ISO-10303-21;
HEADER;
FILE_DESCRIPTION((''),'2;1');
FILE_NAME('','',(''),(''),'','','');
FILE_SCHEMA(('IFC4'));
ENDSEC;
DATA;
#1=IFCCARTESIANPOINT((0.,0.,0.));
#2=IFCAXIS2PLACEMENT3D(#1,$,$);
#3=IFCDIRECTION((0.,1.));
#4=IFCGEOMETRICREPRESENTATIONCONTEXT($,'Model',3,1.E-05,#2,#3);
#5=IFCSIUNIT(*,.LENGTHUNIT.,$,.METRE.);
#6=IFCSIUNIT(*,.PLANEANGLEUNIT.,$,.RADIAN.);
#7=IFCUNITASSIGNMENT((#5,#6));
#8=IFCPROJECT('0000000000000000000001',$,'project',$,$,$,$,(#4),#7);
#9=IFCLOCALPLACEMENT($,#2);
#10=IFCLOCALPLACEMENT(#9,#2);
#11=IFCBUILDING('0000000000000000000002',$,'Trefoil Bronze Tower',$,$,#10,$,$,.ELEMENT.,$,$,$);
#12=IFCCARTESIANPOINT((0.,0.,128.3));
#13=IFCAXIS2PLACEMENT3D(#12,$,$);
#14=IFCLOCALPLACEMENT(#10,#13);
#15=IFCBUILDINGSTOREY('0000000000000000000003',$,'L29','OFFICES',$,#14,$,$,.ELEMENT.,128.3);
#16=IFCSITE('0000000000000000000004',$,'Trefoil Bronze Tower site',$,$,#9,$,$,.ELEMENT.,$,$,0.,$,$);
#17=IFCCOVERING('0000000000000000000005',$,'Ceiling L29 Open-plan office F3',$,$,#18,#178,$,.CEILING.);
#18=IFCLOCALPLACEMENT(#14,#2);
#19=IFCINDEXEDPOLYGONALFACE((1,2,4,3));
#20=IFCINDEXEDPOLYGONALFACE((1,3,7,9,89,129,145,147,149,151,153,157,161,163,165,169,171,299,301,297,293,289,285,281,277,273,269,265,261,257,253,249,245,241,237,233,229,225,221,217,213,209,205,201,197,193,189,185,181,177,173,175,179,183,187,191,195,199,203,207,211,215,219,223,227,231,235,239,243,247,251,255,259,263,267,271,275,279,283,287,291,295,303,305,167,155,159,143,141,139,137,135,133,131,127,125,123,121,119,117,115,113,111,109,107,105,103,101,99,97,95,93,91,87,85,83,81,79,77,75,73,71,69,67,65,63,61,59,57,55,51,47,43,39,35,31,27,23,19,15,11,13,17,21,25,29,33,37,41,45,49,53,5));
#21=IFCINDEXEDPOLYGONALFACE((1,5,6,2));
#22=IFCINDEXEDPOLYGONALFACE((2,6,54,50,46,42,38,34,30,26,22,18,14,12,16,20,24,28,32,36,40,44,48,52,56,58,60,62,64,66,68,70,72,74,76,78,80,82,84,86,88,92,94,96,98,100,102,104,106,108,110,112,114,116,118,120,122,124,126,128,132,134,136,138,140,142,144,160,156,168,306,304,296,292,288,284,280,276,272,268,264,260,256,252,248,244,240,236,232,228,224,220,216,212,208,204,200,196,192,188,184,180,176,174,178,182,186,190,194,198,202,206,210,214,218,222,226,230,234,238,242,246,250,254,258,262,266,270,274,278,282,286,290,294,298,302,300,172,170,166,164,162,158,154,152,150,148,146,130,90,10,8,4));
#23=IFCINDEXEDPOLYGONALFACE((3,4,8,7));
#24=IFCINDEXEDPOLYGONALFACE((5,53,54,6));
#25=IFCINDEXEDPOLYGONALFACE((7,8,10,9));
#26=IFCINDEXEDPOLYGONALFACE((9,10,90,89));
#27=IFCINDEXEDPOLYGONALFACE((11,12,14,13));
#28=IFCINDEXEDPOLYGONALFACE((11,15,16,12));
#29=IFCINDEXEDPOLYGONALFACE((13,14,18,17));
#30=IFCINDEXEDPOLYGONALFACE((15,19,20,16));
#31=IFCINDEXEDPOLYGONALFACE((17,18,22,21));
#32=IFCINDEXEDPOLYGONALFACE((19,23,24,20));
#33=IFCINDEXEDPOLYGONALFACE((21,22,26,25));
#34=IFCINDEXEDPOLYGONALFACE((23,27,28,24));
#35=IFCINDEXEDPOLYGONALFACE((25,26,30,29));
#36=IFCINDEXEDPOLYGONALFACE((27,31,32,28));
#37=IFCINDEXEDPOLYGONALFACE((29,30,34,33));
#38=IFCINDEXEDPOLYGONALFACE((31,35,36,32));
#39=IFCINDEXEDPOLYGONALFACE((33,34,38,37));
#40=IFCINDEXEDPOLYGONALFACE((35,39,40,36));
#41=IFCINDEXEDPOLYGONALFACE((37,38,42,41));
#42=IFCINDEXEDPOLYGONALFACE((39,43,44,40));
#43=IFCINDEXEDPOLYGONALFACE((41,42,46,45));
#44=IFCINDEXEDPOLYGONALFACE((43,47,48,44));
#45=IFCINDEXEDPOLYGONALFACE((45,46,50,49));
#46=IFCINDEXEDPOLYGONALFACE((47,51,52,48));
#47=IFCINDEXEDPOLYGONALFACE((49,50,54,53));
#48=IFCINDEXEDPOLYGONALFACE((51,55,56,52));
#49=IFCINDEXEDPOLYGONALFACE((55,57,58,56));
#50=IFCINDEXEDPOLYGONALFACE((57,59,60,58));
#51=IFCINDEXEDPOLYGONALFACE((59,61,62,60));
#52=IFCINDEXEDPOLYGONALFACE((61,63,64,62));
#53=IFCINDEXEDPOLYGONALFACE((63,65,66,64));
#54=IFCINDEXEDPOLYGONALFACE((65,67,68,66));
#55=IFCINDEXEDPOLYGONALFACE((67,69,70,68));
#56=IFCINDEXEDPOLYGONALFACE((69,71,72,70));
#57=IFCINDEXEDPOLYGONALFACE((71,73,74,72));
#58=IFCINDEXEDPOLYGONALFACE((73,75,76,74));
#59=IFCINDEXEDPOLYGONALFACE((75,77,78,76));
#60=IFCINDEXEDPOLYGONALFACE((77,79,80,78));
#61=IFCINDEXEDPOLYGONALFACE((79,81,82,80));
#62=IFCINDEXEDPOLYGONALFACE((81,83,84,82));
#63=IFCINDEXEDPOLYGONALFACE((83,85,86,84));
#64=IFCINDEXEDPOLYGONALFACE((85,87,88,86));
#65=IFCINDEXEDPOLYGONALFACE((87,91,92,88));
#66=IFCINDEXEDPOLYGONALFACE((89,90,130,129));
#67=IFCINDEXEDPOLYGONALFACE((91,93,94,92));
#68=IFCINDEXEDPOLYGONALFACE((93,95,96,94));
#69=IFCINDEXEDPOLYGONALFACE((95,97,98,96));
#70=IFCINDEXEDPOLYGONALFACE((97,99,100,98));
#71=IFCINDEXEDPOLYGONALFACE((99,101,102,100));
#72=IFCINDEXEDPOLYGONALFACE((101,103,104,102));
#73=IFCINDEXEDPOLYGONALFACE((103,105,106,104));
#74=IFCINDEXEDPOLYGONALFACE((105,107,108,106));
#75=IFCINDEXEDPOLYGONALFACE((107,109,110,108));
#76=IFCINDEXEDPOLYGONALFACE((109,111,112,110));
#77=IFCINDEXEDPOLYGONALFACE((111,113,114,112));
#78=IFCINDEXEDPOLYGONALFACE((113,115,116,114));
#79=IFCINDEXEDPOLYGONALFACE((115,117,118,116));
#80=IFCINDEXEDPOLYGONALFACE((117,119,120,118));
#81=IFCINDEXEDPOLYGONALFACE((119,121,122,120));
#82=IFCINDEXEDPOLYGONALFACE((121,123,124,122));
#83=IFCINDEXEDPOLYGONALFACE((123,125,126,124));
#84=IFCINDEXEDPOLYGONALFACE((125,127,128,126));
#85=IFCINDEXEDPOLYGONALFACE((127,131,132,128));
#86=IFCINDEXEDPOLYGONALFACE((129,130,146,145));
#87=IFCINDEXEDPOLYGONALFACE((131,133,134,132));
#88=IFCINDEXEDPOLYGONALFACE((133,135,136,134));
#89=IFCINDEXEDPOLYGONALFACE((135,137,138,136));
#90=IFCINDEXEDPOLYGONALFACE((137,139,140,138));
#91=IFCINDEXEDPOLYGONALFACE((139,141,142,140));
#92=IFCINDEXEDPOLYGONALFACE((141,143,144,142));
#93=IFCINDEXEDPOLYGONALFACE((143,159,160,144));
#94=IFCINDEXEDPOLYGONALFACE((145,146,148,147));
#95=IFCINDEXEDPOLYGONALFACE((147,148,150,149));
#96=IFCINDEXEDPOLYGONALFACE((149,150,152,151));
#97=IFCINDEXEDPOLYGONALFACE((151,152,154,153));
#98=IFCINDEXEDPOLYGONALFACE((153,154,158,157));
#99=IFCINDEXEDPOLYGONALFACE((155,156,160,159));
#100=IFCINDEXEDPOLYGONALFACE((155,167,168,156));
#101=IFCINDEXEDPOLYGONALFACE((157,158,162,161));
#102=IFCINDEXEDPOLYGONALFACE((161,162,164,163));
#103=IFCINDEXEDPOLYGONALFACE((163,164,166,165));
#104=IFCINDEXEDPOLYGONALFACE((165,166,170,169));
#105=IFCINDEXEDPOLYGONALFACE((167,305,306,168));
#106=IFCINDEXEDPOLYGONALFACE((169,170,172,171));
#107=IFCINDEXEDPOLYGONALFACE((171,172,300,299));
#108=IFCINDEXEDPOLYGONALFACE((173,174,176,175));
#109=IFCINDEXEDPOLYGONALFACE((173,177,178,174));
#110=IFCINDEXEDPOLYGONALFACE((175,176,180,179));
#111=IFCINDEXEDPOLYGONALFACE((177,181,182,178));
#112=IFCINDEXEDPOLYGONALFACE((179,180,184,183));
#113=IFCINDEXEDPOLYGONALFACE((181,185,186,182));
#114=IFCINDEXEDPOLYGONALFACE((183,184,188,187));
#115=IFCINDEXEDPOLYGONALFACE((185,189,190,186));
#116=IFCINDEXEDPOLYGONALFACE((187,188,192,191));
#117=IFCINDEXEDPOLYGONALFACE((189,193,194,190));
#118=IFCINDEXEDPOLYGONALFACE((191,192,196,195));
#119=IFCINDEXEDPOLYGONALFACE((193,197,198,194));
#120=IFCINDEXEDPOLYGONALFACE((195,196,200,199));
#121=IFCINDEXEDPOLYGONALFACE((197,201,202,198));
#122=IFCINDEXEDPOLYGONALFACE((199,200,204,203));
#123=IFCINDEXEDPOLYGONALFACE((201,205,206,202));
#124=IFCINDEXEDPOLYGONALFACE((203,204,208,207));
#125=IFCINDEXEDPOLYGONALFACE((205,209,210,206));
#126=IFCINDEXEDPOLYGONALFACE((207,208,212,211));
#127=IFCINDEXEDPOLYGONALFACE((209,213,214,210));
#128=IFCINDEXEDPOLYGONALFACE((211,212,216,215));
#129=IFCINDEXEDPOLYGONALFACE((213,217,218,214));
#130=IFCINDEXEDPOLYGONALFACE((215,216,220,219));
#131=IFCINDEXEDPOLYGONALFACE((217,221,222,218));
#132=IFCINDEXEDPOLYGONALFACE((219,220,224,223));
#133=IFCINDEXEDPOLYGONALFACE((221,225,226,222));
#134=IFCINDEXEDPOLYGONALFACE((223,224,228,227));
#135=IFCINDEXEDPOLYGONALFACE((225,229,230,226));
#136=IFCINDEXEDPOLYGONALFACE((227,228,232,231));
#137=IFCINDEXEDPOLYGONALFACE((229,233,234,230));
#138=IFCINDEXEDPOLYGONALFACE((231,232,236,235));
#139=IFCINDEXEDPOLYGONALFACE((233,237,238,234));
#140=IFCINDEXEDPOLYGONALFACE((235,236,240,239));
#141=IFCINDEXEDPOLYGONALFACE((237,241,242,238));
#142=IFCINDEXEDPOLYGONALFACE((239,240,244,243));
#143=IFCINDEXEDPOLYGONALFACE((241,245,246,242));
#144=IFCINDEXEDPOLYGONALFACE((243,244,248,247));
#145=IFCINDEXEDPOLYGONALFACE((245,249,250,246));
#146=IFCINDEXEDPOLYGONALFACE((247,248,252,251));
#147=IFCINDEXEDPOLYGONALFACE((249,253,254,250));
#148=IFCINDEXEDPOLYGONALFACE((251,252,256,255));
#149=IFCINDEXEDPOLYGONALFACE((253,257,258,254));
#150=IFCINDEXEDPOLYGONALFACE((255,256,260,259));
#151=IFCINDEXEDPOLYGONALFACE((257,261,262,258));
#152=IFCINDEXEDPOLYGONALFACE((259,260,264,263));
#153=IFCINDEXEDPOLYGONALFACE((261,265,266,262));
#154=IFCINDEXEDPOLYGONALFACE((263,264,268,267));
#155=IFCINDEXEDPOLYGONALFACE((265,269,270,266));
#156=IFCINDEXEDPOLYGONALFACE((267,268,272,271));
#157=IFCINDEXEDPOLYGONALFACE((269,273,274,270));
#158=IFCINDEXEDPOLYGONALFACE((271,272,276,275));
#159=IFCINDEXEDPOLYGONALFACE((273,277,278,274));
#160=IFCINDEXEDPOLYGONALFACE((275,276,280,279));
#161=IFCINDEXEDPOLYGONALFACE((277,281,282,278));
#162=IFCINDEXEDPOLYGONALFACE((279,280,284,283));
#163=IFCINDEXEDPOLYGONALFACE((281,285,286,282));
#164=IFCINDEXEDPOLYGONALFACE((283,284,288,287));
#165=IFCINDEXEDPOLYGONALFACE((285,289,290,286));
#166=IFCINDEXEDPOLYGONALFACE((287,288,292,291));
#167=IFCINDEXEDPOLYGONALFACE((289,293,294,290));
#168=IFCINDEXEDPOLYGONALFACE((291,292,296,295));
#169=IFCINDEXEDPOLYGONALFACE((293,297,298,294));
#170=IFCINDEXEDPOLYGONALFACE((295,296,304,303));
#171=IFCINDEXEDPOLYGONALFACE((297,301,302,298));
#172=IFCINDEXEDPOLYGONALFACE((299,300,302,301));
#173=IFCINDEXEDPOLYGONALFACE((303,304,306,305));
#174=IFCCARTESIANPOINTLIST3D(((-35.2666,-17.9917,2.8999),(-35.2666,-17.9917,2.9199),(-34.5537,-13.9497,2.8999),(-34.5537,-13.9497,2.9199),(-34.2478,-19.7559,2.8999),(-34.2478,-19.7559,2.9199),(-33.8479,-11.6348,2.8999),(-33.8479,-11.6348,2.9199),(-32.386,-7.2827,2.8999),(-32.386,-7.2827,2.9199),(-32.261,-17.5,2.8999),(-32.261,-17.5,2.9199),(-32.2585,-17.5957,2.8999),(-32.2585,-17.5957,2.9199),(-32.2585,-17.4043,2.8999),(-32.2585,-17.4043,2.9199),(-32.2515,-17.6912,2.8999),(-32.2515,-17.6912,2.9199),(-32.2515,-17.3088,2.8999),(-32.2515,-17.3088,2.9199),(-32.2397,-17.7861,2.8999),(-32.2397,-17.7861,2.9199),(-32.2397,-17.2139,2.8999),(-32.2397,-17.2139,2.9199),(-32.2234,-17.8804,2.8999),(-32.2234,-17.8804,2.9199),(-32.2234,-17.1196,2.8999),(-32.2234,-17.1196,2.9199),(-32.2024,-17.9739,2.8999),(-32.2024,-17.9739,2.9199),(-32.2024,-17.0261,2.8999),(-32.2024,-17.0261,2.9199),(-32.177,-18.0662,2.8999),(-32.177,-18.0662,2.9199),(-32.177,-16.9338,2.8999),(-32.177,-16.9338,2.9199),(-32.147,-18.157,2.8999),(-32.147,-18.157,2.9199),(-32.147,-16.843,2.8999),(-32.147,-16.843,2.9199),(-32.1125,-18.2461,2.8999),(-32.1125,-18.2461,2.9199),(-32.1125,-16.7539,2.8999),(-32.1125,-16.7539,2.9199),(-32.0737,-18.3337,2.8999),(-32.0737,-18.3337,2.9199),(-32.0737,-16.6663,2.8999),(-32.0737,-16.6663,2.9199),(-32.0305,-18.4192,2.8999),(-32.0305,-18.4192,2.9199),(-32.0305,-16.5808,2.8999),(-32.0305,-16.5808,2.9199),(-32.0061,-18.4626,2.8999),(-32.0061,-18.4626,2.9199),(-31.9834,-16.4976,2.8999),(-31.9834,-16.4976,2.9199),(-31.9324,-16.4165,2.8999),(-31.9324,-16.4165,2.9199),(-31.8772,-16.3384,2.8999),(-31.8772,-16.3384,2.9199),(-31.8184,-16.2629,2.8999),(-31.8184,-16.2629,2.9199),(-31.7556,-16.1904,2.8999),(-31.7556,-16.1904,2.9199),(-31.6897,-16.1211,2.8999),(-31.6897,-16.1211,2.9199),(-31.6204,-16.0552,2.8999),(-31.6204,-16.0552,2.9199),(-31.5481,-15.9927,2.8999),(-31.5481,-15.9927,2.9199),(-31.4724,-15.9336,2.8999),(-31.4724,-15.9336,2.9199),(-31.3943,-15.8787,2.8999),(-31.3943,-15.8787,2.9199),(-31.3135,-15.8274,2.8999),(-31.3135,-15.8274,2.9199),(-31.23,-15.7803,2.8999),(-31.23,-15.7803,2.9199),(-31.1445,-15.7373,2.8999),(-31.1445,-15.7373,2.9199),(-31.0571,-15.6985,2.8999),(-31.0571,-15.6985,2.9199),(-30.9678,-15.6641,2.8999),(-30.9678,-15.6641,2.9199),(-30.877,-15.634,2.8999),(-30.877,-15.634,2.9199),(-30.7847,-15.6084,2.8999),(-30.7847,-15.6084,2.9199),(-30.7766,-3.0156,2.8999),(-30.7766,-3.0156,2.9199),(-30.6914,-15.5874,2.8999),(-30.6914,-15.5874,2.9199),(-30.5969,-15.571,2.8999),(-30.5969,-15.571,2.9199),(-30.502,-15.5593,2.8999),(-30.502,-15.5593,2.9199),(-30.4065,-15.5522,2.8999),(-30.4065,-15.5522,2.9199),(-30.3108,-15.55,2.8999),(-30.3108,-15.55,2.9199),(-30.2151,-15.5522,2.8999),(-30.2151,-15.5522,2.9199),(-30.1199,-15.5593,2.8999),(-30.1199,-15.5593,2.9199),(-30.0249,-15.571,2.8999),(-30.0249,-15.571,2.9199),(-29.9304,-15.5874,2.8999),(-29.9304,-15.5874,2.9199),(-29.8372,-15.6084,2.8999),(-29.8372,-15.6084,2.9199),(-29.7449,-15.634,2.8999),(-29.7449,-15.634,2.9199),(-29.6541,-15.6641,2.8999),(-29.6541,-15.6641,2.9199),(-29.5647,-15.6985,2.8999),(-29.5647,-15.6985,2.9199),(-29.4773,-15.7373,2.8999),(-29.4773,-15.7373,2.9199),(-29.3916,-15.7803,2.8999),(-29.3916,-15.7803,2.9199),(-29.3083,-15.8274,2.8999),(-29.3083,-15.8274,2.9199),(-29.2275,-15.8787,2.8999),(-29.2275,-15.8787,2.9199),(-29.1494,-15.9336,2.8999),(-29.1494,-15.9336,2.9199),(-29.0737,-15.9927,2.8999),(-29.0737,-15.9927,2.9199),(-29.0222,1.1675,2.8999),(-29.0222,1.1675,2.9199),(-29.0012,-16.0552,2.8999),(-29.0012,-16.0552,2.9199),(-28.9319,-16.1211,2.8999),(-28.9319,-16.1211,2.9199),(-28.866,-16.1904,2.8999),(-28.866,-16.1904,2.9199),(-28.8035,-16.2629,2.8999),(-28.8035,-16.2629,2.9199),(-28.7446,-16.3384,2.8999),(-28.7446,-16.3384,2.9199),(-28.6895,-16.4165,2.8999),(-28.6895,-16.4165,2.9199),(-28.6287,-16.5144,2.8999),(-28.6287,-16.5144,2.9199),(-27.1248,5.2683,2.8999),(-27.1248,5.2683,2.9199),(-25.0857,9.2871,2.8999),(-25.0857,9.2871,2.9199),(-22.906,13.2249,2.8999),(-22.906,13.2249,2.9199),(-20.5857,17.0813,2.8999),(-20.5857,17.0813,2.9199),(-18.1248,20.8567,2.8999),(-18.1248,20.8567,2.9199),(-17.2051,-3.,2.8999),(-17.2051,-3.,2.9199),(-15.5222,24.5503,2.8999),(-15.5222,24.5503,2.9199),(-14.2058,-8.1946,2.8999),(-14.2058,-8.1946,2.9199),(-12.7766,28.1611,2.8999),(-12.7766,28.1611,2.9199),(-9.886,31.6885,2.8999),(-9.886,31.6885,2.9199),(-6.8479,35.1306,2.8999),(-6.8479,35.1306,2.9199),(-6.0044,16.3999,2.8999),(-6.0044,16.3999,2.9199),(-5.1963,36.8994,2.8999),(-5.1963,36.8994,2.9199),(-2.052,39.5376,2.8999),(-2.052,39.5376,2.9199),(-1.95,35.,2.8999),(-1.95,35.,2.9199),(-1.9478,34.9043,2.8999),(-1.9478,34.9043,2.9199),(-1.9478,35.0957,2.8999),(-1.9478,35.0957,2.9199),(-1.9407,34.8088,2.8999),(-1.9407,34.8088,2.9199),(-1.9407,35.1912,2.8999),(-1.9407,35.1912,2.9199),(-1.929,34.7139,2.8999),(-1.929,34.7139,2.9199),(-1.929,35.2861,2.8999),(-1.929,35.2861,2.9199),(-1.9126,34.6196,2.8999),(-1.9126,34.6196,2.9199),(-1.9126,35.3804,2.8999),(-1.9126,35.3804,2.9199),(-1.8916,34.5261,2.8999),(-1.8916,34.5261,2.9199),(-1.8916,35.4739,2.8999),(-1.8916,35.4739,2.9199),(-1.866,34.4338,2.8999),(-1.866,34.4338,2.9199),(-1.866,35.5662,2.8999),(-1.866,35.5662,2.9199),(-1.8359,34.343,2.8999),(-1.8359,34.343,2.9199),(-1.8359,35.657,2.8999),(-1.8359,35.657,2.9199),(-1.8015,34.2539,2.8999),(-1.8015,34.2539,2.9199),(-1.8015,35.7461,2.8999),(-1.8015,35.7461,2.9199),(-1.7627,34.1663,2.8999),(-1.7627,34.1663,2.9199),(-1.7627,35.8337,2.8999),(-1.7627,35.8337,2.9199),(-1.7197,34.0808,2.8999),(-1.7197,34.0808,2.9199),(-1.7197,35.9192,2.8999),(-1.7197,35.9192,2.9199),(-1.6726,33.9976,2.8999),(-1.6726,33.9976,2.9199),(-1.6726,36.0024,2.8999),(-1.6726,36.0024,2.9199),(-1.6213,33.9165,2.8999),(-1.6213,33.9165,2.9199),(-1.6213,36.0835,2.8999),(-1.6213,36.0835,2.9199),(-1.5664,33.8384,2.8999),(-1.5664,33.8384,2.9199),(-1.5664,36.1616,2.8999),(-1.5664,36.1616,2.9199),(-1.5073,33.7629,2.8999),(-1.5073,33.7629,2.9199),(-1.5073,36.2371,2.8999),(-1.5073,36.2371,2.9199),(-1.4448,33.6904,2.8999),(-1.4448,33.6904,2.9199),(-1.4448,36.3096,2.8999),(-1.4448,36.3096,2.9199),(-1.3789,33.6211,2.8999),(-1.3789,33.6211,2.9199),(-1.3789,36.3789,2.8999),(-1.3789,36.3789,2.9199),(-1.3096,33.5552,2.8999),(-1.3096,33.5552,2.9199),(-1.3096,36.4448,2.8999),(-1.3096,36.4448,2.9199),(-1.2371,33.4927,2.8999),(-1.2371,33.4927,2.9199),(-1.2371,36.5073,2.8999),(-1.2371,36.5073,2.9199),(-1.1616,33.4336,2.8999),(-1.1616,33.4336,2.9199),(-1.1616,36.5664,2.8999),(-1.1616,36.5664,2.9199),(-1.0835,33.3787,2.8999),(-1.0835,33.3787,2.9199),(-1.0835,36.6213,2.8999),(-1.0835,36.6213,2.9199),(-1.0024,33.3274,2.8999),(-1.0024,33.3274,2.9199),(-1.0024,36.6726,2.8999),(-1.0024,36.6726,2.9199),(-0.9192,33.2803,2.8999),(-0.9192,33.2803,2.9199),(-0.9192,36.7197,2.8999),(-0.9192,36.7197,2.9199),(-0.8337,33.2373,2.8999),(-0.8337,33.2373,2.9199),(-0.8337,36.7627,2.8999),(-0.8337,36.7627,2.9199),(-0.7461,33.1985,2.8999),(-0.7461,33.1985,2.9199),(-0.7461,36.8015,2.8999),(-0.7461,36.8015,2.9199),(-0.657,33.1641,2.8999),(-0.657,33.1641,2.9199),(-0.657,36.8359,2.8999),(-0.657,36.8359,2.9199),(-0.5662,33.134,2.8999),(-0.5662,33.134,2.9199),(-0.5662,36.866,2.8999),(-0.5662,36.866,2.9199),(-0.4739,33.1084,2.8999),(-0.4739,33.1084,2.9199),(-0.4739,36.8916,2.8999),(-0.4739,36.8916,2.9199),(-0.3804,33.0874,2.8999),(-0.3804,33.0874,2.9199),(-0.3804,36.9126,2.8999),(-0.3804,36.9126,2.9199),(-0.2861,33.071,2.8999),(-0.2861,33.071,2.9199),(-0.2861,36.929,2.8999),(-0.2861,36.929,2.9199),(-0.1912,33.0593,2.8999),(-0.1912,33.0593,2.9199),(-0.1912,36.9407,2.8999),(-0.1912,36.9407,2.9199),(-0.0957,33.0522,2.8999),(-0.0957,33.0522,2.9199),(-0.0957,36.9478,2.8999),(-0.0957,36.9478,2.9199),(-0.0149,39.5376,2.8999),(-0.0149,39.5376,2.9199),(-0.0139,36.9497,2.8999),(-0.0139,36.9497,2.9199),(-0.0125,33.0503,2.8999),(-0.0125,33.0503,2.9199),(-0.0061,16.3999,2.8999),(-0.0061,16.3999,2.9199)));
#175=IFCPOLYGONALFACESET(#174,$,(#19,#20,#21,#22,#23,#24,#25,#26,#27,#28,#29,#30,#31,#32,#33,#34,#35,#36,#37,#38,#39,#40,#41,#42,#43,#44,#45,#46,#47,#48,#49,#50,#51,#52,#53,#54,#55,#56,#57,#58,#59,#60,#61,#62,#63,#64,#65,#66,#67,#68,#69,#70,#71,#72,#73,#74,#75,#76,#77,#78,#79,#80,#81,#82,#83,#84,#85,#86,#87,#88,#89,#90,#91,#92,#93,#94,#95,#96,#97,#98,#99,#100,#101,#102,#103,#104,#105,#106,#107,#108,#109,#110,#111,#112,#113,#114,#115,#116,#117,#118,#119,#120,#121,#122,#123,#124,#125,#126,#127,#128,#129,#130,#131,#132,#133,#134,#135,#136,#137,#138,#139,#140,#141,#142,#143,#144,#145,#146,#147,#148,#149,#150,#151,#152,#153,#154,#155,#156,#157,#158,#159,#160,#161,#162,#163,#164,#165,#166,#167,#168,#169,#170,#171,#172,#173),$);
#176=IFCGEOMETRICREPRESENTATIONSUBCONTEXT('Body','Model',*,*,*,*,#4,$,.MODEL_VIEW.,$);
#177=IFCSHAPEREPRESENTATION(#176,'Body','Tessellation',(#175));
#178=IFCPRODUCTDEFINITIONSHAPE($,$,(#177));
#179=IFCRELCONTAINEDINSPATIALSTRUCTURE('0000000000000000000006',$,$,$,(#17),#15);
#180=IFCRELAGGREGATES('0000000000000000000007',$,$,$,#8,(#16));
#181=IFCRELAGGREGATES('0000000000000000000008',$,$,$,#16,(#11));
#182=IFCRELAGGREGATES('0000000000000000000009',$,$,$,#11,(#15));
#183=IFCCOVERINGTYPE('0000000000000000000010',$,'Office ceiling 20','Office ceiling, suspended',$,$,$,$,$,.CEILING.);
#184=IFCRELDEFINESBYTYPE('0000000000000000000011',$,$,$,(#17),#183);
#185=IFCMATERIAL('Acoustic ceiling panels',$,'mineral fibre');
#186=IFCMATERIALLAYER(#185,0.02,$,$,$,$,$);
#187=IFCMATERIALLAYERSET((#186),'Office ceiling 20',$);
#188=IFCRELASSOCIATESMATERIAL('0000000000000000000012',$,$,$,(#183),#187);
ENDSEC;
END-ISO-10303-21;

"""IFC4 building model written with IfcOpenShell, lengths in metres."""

from ifc_helpers import new_model, si_unit, direction, frame, origin, place, context, subcontext, project, spatial, polyline, outline, extrude, material, layer, layer_set, type_object, element, save


model = new_model("IFC4")

# Units and contexts
model_context = context("Model", 3, precision=1e-05, world=origin(), true_north=direction((0.0, 1.0)))
body_context = subcontext(model_context, "Body", "Model", "MODEL_VIEW")
ifc_project = project(units=[si_unit("LENGTHUNIT", "METRE"), si_unit("PLANEANGLEUNIT", "RADIAN")], contexts=[model_context])

# Site, building, storey
site_placement = place(None, origin())
site = spatial("IfcSite", under=ifc_project, at=site_placement, Name="Trefoil Bronze Tower site", CompositionType="ELEMENT", RefElevation=0.0)
building_placement = place(site_placement, origin())
building = spatial("IfcBuilding", under=site, at=building_placement, Name="Trefoil Bronze Tower", CompositionType="ELEMENT")
storey_placement = place(building_placement, frame((0.0, 0.0, 128.3)))
storey = spatial("IfcBuildingStorey", under=building, at=storey_placement, Name="L29", Description="OFFICES", CompositionType="ELEMENT", Elevation=128.3)

# Covering
ifc_material_1 = material(Name="Acoustic ceiling panels", Category="mineral fibre")
ifc_layer_1 = layer(ifc_material_1, 0.02)
ifc_layer_set_1 = layer_set([ifc_layer_1], Name="Office ceiling 20")
covering_type_1 = type_object("IfcCoveringType", Name="Office ceiling 20", Description="Office ceiling, suspended", PredefinedType="CEILING", material=ifc_layer_set_1)
covering_1_placement = place(storey_placement, frame((0.0, 0.0, 2.8999)))
element("IfcCovering", 1, at=covering_1_placement, inside=storey, type_object=covering_type_1, Name="Ceiling L29 Open-plan office F3", PredefinedType="CEILING", context=body_context, shape_type="SweptSolid", body=[
    extrude(outline(polyline([(-33.8479, -11.6348), (-32.386, -7.2827), (-30.7766, -3.0156), (-29.0222, 1.1675), (-27.1248, 5.2683), (-25.0857, 9.2871), (-22.906, 13.2249), (-20.5857, 17.0813), (-18.1248, 20.8567), (-15.5222, 24.5503), (-12.7766, 28.1611), (-9.886, 31.6885), (-6.8479, 35.1306), (-5.1963, 36.8994), (-2.052, 39.5376), (-0.0149, 39.5376), (-0.0139, 36.9497), (-0.0957, 36.9478), (-0.1912, 36.9407), (-0.2861, 36.929), (-0.3804, 36.9126), (-0.4739, 36.8916), (-0.5662, 36.866), (-0.657, 36.8359), (-0.7461, 36.8015), (-0.8337, 36.7627), (-0.9192, 36.7197), (-1.0024, 36.6726), (-1.0835, 36.6213), (-1.1616, 36.5664), (-1.2371, 36.5073), (-1.3096, 36.4448), (-1.3789, 36.3789), (-1.4448, 36.3096), (-1.5073, 36.2371), (-1.5664, 36.1616), (-1.6213, 36.0835), (-1.6726, 36.0024), (-1.7197, 35.9192), (-1.7627, 35.8337), (-1.8015, 35.7461), (-1.8359, 35.657), (-1.866, 35.5662), (-1.8916, 35.4739), (-1.9126, 35.3804), (-1.929, 35.2861), (-1.9407, 35.1912), (-1.9478, 35.0957), (-1.95, 35.0), (-1.9478, 34.9043), (-1.9407, 34.8088), (-1.929, 34.7139), (-1.9126, 34.6196), (-1.8916, 34.5261), (-1.866, 34.4338), (-1.8359, 34.343), (-1.8015, 34.2539), (-1.7627, 34.1663), (-1.7197, 34.0808), (-1.6726, 33.9976), (-1.6213, 33.9165), (-1.5664, 33.8384), (-1.5073, 33.7629), (-1.4448, 33.6904), (-1.3789, 33.6211), (-1.3096, 33.5552), (-1.2371, 33.4927), (-1.1616, 33.4336), (-1.0835, 33.3787), (-1.0024, 33.3274), (-0.9192, 33.2803), (-0.8337, 33.2373), (-0.7461, 33.1985), (-0.657, 33.1641), (-0.5662, 33.134), (-0.4739, 33.1084), (-0.3804, 33.0874), (-0.2861, 33.071), (-0.1912, 33.0593), (-0.0957, 33.0522), (-0.0125, 33.0503), (-0.0061, 16.3999), (-6.0044, 16.3999), (-17.2051, -3.0), (-14.2058, -8.1946), (-28.6287, -16.5144), (-28.6895, -16.4165), (-28.7446, -16.3384), (-28.8035, -16.2629), (-28.866, -16.1904), (-28.9319, -16.1211), (-29.0012, -16.0552), (-29.0737, -15.9927), (-29.1494, -15.9336), (-29.2275, -15.8787), (-29.3083, -15.8274), (-29.3916, -15.7803), (-29.4773, -15.7373), (-29.5647, -15.6985), (-29.6541, -15.6641), (-29.7449, -15.634), (-29.8372, -15.6084), (-29.9304, -15.5874), (-30.0249, -15.571), (-30.1199, -15.5593), (-30.2151, -15.5522), (-30.3108, -15.55), (-30.4065, -15.5522), (-30.502, -15.5593), (-30.5969, -15.571), (-30.6914, -15.5874), (-30.7847, -15.6084), (-30.877, -15.634), (-30.9678, -15.6641), (-31.0571, -15.6985), (-31.1445, -15.7373), (-31.23, -15.7803), (-31.3135, -15.8274), (-31.3943, -15.8787), (-31.4724, -15.9336), (-31.5481, -15.9927), (-31.6204, -16.0552), (-31.6897, -16.1211), (-31.7556, -16.1904), (-31.8184, -16.2629), (-31.8772, -16.3384), (-31.9324, -16.4165), (-31.9834, -16.4976), (-32.0305, -16.5808), (-32.0737, -16.6663), (-32.1125, -16.7539), (-32.147, -16.843), (-32.177, -16.9338), (-32.2024, -17.0261), (-32.2234, -17.1196), (-32.2397, -17.2139), (-32.2515, -17.3088), (-32.2585, -17.4043), (-32.261, -17.5), (-32.2585, -17.5957), (-32.2515, -17.6912), (-32.2397, -17.7861), (-32.2234, -17.8804), (-32.2024, -17.9739), (-32.177, -18.0662), (-32.147, -18.157), (-32.1125, -18.2461), (-32.0737, -18.3337), (-32.0305, -18.4192), (-32.0061, -18.4626), (-34.2478, -19.7559), (-35.2666, -17.9917), (-34.5537, -13.9497), (-33.8479, -11.6348)])), origin(), (0.0, 0.0, 1.0), 0.02),
])

save(model, "model.ifc")
